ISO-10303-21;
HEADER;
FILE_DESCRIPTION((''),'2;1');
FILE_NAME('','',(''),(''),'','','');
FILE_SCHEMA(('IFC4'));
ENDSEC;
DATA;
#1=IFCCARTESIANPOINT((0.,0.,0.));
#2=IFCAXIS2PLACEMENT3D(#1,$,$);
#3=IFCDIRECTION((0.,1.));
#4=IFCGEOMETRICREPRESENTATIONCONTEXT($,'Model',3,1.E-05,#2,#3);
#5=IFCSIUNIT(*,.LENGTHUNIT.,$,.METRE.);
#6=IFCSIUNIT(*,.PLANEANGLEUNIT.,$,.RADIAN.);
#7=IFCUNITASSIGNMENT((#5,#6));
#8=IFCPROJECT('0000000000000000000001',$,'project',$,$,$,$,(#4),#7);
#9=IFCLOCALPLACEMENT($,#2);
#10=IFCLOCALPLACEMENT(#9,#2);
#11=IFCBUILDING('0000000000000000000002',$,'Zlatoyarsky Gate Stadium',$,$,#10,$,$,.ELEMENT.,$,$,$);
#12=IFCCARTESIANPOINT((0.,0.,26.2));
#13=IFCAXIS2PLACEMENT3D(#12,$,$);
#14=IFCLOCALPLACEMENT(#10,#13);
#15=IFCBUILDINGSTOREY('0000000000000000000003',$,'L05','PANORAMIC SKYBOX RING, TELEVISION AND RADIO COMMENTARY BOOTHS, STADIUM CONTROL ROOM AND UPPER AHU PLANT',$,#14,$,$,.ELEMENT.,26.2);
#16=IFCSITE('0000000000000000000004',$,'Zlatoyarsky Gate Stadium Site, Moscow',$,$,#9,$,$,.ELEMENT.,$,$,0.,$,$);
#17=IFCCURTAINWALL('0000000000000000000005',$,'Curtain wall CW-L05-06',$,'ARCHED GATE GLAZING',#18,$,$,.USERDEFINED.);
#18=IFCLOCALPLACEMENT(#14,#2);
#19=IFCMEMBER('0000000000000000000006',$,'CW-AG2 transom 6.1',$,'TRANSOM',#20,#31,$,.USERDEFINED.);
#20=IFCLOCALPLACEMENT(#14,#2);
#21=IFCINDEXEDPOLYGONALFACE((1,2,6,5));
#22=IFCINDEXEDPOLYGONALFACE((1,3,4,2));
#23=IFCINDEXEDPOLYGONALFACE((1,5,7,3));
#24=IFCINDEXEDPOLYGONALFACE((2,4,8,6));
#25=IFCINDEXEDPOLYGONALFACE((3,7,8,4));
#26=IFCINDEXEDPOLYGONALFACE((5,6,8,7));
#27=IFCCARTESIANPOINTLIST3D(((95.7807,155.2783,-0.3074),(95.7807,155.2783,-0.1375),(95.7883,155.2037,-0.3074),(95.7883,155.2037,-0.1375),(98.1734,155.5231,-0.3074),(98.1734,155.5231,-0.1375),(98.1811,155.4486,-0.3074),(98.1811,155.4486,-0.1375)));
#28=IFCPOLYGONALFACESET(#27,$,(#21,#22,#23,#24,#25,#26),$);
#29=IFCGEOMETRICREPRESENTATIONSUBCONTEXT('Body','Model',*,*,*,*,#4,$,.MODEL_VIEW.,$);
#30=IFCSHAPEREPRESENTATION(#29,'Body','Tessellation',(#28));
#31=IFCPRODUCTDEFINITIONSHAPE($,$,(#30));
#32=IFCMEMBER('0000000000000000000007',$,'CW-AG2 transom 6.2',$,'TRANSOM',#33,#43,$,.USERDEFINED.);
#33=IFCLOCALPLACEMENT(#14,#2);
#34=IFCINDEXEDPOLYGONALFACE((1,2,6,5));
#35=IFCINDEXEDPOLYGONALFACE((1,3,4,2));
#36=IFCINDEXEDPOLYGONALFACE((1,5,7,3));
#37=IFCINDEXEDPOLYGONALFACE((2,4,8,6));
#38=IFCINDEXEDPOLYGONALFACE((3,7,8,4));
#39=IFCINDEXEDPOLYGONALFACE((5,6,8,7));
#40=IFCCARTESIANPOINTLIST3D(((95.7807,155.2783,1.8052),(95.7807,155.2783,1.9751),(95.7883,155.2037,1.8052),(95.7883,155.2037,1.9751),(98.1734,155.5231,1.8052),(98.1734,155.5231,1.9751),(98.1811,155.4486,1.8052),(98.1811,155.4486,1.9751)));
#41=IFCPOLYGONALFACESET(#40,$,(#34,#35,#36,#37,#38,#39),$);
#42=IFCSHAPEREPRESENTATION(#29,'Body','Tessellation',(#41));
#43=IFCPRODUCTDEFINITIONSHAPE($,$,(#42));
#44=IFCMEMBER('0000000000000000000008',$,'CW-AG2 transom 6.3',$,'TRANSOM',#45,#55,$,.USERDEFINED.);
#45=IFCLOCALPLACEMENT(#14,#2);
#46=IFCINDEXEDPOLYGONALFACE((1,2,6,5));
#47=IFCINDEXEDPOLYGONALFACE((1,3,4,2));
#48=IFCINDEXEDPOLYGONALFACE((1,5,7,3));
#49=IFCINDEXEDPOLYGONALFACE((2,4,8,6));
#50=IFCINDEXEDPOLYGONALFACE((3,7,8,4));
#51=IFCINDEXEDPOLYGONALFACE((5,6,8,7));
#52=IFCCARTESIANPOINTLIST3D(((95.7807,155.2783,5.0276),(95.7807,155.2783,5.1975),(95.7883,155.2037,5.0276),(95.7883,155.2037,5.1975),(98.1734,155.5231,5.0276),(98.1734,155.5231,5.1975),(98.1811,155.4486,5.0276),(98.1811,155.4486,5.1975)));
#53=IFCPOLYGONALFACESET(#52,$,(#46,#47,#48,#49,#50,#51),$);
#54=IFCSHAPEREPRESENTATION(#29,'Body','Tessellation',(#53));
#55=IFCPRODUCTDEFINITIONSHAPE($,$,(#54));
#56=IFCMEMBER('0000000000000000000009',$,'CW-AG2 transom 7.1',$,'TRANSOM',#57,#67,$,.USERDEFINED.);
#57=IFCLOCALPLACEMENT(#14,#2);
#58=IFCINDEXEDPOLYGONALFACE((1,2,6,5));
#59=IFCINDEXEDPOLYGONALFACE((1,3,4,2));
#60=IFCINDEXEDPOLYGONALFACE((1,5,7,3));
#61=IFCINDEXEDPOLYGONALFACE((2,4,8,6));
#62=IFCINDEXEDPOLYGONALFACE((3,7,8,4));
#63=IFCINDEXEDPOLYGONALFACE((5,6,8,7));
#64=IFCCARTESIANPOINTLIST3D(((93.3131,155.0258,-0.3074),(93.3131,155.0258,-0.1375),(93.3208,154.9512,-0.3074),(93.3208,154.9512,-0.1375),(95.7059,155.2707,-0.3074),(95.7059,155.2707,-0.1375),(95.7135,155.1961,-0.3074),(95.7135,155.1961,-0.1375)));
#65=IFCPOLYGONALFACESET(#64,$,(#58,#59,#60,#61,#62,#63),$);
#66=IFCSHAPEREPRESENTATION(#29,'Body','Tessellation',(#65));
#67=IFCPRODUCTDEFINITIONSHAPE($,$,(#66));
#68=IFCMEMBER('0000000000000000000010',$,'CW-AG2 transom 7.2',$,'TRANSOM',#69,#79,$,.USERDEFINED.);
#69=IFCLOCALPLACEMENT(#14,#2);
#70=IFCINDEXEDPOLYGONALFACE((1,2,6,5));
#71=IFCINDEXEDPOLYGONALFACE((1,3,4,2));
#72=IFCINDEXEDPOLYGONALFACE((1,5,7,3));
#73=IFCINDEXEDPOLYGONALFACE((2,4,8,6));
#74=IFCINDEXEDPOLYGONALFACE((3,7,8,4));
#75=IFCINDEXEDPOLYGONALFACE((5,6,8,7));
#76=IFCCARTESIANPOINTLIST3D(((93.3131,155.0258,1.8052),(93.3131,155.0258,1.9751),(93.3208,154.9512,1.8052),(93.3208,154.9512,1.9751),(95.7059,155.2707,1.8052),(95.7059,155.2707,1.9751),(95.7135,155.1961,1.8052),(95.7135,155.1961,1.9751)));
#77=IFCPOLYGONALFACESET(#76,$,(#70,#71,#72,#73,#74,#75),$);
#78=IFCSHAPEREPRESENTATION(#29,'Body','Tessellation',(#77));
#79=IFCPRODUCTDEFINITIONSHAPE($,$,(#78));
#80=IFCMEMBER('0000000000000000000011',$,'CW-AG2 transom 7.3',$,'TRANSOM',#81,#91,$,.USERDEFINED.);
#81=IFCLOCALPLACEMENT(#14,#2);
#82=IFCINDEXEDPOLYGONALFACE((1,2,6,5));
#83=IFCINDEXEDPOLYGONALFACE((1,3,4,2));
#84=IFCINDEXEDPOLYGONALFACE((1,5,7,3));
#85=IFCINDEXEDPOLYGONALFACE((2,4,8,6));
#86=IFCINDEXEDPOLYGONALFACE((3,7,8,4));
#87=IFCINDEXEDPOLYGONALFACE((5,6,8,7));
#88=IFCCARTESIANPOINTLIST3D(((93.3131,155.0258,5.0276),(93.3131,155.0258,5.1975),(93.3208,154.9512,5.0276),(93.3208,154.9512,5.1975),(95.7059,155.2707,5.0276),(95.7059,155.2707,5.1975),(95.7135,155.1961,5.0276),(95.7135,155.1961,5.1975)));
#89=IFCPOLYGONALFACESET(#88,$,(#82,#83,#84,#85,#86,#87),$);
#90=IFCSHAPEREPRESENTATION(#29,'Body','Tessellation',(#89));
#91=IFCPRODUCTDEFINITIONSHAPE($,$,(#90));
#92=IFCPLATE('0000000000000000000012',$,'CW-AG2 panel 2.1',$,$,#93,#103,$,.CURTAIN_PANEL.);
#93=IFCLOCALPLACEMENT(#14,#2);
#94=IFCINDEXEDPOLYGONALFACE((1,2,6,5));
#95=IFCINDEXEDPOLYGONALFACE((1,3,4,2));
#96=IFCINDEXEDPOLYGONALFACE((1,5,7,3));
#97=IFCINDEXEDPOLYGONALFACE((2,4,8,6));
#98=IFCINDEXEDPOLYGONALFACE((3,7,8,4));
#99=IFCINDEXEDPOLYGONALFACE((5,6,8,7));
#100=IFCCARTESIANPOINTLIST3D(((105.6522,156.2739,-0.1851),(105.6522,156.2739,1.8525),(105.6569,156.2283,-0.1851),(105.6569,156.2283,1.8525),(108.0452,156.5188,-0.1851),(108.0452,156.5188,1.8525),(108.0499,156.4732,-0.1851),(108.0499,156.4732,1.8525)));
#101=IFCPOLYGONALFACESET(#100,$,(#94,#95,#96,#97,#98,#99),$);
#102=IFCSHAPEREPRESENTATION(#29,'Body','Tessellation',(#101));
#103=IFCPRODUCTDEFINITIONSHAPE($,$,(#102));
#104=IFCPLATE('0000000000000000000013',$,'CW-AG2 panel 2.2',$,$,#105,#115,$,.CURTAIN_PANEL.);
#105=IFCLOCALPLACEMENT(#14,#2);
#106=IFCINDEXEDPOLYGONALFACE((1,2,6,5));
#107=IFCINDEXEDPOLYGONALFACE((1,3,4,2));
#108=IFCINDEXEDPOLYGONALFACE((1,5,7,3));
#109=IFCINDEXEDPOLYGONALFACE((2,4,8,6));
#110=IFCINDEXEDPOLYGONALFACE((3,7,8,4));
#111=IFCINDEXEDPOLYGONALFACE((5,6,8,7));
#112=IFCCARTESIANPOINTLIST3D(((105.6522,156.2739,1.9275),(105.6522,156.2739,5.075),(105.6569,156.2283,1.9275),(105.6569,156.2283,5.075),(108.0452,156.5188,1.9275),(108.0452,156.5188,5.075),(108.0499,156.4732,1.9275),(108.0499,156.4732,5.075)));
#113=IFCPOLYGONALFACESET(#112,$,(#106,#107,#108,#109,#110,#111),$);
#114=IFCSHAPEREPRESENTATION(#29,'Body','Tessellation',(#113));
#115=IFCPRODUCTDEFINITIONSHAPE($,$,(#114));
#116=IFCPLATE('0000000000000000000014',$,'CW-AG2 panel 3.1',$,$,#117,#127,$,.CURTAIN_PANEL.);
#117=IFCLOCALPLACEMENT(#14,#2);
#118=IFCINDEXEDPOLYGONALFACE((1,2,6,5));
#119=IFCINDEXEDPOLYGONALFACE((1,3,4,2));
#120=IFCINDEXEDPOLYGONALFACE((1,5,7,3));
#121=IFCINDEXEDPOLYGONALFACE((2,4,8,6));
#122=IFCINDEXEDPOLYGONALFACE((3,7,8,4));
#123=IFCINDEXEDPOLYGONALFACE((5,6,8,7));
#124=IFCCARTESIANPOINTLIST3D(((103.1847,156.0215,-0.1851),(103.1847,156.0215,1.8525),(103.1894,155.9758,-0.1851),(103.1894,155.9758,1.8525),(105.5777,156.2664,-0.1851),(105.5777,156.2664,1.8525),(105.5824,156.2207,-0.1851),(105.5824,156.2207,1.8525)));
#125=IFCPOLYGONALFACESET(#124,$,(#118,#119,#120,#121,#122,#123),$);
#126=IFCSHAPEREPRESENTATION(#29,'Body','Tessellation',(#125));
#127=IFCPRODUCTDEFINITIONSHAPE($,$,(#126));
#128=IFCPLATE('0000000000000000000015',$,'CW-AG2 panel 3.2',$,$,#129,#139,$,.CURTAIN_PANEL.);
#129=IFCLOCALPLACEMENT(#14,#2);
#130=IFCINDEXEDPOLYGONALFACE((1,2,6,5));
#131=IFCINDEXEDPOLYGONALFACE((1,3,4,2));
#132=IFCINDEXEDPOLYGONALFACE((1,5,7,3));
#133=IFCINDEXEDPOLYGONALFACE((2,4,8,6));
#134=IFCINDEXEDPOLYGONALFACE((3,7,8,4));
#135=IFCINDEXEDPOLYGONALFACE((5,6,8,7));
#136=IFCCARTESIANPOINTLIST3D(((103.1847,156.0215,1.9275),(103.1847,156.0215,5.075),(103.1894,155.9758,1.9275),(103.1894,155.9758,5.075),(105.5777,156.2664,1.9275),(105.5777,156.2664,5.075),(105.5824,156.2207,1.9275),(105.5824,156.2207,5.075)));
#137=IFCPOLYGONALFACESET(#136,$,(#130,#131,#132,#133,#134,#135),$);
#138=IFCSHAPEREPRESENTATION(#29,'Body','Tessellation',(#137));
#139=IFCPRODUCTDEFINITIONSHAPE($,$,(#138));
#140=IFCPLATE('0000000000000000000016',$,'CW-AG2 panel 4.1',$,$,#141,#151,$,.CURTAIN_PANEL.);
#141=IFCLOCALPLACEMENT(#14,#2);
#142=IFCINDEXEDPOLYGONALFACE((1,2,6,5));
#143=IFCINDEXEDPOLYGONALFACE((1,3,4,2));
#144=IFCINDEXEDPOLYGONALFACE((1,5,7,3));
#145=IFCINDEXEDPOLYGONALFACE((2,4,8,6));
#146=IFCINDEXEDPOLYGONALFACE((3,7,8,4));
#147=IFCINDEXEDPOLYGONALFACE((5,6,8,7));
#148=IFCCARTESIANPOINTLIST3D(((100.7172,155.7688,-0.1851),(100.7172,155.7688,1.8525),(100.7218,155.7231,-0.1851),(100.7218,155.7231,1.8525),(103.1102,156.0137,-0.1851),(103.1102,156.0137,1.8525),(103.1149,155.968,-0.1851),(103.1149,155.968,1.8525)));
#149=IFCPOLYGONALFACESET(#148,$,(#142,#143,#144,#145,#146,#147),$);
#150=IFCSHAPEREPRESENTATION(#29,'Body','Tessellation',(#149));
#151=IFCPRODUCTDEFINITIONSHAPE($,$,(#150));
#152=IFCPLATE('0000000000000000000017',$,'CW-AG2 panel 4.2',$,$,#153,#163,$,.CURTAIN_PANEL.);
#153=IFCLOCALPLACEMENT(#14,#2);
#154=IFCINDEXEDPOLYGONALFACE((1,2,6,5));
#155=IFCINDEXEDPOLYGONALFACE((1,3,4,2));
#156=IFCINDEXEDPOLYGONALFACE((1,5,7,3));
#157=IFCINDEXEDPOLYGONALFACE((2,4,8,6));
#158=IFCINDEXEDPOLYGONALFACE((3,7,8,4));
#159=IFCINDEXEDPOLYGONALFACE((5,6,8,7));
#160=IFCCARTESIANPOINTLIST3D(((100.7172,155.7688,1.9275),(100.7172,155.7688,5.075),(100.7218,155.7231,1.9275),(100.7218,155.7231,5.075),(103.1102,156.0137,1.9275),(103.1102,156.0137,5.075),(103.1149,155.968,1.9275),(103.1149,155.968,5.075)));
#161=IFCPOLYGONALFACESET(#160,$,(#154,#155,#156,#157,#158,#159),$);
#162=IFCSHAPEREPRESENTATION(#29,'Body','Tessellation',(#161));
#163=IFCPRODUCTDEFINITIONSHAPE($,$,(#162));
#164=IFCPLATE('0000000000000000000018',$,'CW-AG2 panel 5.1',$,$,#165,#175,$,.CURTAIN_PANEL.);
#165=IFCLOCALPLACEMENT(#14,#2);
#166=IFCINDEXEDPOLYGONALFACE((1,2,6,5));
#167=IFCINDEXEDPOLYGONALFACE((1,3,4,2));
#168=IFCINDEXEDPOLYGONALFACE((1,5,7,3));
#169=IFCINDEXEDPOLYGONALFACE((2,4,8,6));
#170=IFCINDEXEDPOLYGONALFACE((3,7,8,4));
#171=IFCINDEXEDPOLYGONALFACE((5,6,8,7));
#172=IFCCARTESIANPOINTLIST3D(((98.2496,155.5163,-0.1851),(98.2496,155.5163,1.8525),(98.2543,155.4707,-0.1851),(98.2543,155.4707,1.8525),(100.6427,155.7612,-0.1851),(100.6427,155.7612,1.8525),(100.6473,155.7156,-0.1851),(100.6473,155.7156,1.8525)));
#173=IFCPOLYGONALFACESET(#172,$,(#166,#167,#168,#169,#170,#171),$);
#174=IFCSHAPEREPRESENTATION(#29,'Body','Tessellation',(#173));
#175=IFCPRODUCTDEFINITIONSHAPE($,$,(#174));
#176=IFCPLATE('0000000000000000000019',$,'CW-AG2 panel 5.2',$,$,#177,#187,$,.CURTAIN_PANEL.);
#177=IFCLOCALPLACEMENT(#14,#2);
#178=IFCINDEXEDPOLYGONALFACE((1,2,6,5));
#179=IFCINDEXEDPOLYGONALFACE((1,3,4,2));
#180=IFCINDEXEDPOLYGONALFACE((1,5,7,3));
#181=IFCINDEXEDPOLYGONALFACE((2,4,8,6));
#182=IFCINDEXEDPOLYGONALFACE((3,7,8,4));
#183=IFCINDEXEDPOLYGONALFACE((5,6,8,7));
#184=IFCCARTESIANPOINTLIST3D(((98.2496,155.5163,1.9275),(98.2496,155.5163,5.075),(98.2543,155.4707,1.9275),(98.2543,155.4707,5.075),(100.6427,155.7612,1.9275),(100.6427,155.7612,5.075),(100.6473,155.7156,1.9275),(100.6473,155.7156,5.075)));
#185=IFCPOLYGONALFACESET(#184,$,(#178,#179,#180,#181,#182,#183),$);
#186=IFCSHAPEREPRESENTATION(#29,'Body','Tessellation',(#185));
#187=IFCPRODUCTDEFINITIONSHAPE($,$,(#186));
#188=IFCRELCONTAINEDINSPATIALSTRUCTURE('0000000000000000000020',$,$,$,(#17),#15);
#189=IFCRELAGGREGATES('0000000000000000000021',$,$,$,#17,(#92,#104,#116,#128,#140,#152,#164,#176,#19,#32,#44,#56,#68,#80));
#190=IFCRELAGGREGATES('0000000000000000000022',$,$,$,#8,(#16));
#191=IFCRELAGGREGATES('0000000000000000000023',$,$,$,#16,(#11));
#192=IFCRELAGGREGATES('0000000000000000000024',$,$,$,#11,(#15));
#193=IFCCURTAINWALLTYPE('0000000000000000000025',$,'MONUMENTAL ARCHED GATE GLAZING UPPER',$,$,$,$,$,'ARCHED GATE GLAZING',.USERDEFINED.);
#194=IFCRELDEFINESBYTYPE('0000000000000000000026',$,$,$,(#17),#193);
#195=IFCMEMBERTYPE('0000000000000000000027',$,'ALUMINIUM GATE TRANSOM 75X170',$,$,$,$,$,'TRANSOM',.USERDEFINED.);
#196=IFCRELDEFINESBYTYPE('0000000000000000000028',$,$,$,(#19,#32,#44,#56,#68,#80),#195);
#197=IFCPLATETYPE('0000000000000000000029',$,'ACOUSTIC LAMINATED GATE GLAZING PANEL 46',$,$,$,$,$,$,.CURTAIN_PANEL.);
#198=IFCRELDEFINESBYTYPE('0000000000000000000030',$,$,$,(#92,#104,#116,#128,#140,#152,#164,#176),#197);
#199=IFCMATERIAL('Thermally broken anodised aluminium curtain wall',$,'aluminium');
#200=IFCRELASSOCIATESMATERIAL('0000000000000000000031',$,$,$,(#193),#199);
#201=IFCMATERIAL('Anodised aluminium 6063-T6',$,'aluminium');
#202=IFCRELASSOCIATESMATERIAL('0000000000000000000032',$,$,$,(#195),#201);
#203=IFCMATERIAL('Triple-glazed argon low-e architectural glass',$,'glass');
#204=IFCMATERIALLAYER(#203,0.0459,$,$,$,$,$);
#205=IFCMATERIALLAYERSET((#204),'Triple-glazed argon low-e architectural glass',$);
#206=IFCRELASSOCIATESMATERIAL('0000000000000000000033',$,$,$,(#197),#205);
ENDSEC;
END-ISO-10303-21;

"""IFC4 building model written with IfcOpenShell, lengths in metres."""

from ifc_helpers import new_model, si_unit, direction, frame, origin, origin_2d, place, context, subcontext, project, spatial, rectangle, extrude, material, layer, layer_set, material_profile, profile_set, type_object, element, aggregate, save


model = new_model("IFC4")

# Units and contexts
model_context = context("Model", 3, precision=1e-05, world=origin(), true_north=direction((0.0, 1.0)))
body_context = subcontext(model_context, "Body", "Model", "MODEL_VIEW")
ifc_project = project(units=[si_unit("LENGTHUNIT", "METRE"), si_unit("PLANEANGLEUNIT", "RADIAN")], contexts=[model_context])

# Site, building, storey
site_placement = place(None, origin())
site = spatial("IfcSite", under=ifc_project, at=site_placement, Name="Zlatoyarsky Gate Stadium Site, Moscow", CompositionType="ELEMENT", RefElevation=0.0)
building_placement = place(site_placement, origin())
building = spatial("IfcBuilding", under=site, at=building_placement, Name="Zlatoyarsky Gate Stadium", CompositionType="ELEMENT")
storey_placement = place(building_placement, frame((0.0, 0.0, 26.2)))
storey = spatial("IfcBuildingStorey", under=building, at=storey_placement, Name="L05", Description="PANORAMIC SKYBOX RING, TELEVISION AND RADIO COMMENTARY BOOTHS, STADIUM CONTROL ROOM AND UPPER AHU PLANT", CompositionType="ELEMENT", Elevation=26.2)

# Curtain wall, members, plates
ifc_material_1 = material(Name="Thermally broken anodised aluminium curtain wall", Category="aluminium")
curtain_wall_type = type_object("IfcCurtainWallType", Name="MONUMENTAL ARCHED GATE GLAZING UPPER", ElementType="ARCHED GATE GLAZING", PredefinedType="USERDEFINED", material=ifc_material_1)
curtain_wall_placement = place(storey_placement, origin())
curtain_wall = element("IfcCurtainWall", 1, at=curtain_wall_placement, inside=storey, type_object=curtain_wall_type, Name="Curtain wall CW-L05-06", ObjectType="ARCHED GATE GLAZING", PredefinedType="USERDEFINED")
ifc_material_2 = material(Name="Anodised aluminium 6063-T6", Category="aluminium")
ifc_material_profile_1 = material_profile(ifc_material_2, rectangle(XDim=0.075, YDim=0.1699, at=origin_2d()), Name="ALU 75X170")
ifc_profile_set_1 = profile_set([ifc_material_profile_1], Name="Anodised aluminium 6063-T6")
member_type_1 = type_object("IfcMemberType", Name="ALUMINIUM GATE TRANSOM 75X170", ElementType="TRANSOM", PredefinedType="USERDEFINED", material=ifc_profile_set_1)
member_1_placement = place(storey_placement, frame((98.1772, 155.4858, -0.2224), z_axis=(-0.994804, -0.101805, 0.0), x_axis=(0.101805, -0.994804, 0.0)))
member_1 = element("IfcMember", 2, at=member_1_placement, type_object=member_type_1, Name="CW-AG2 transom 6.1", ObjectType="TRANSOM", PredefinedType="USERDEFINED", context=body_context, shape_type="SweptSolid", body=[
    extrude(rectangle(XDim=0.075, YDim=0.1699, at=origin_2d()), origin(), (0.0, 0.0, 1.0), 2.4053),
])
member_2_placement = place(storey_placement, frame((98.1772, 155.4858, 1.8901), z_axis=(-0.994804, -0.101805, 0.0), x_axis=(0.101805, -0.994804, 0.0)))
member_2 = element("IfcMember", 3, at=member_2_placement, type_object=member_type_1, Name="CW-AG2 transom 6.2", ObjectType="TRANSOM", PredefinedType="USERDEFINED", context=body_context, shape_type="SweptSolid", body=[
    extrude(rectangle(XDim=0.075, YDim=0.1699, at=origin_2d()), origin(), (0.0, 0.0, 1.0), 2.4053),
])
member_3_placement = place(storey_placement, frame((98.1772, 155.4858, 5.1125), z_axis=(-0.994804, -0.101805, 0.0), x_axis=(0.101805, -0.994804, 0.0)))
member_3 = element("IfcMember", 4, at=member_3_placement, type_object=member_type_1, Name="CW-AG2 transom 6.3", ObjectType="TRANSOM", PredefinedType="USERDEFINED", context=body_context, shape_type="SweptSolid", body=[
    extrude(rectangle(XDim=0.075, YDim=0.1699, at=origin_2d()), origin(), (0.0, 0.0, 1.0), 2.4053),
])
member_4_placement = place(storey_placement, frame((95.7097, 155.2334, -0.2224), z_axis=(-0.994804, -0.101805, 0.0), x_axis=(0.101805, -0.994804, 0.0)))
member_4 = element("IfcMember", 5, at=member_4_placement, type_object=member_type_1, Name="CW-AG2 transom 7.1", ObjectType="TRANSOM", PredefinedType="USERDEFINED", context=body_context, shape_type="SweptSolid", body=[
    extrude(rectangle(XDim=0.075, YDim=0.1699, at=origin_2d()), origin(), (0.0, 0.0, 1.0), 2.4053),
])
member_5_placement = place(storey_placement, frame((95.7097, 155.2334, 1.8901), z_axis=(-0.994804, -0.101805, 0.0), x_axis=(0.101805, -0.994804, 0.0)))
member_5 = element("IfcMember", 6, at=member_5_placement, type_object=member_type_1, Name="CW-AG2 transom 7.2", ObjectType="TRANSOM", PredefinedType="USERDEFINED", context=body_context, shape_type="SweptSolid", body=[
    extrude(rectangle(XDim=0.075, YDim=0.1699, at=origin_2d()), origin(), (0.0, 0.0, 1.0), 2.4053),
])
member_6_placement = place(storey_placement, frame((95.7097, 155.2334, 5.1125), z_axis=(-0.994804, -0.101805, 0.0), x_axis=(0.101805, -0.994804, 0.0)))
member_6 = element("IfcMember", 7, at=member_6_placement, type_object=member_type_1, Name="CW-AG2 transom 7.3", ObjectType="TRANSOM", PredefinedType="USERDEFINED", context=body_context, shape_type="SweptSolid", body=[
    extrude(rectangle(XDim=0.075, YDim=0.1699, at=origin_2d()), origin(), (0.0, 0.0, 1.0), 2.4053),
])
ifc_material_3 = material(Name="Triple-glazed argon low-e architectural glass", Category="glass")
ifc_layer = layer(ifc_material_3, 0.0459)
ifc_layer_set = layer_set([ifc_layer], Name="Triple-glazed argon low-e architectural glass")
plate_type = type_object("IfcPlateType", Name="ACOUSTIC LAMINATED GATE GLAZING PANEL 46", PredefinedType="CURTAIN_PANEL", material=ifc_layer_set)
plate_1_placement = place(storey_placement, frame((106.8511, 156.3735, -0.1851), z_axis=(0.0, 0.0, 1.0), x_axis=(-0.994804, -0.101805, 0.0)))
plate_1 = element("IfcPlate", 8, at=plate_1_placement, type_object=plate_type, Name="CW-AG2 panel 2.1", PredefinedType="CURTAIN_PANEL", context=body_context, shape_type="SweptSolid", body=[
    extrude(rectangle(XDim=2.4055, YDim=0.0459, at=origin_2d()), origin(), (0.0, 0.0, 1.0), 2.0376),
])
plate_2_placement = place(storey_placement, frame((106.8511, 156.3735, 1.9275), z_axis=(0.0, 0.0, 1.0), x_axis=(-0.994804, -0.101805, 0.0)))
plate_2 = element("IfcPlate", 9, at=plate_2_placement, type_object=plate_type, Name="CW-AG2 panel 2.2", PredefinedType="CURTAIN_PANEL", context=body_context, shape_type="SweptSolid", body=[
    extrude(rectangle(XDim=2.4055, YDim=0.0459, at=origin_2d()), origin(), (0.0, 0.0, 1.0), 3.1475),
])
plate_3_placement = place(storey_placement, frame((104.3835, 156.1211, -0.1851), z_axis=(0.0, 0.0, 1.0), x_axis=(-0.994804, -0.101805, 0.0)))
plate_3 = element("IfcPlate", 10, at=plate_3_placement, type_object=plate_type, Name="CW-AG2 panel 3.1", PredefinedType="CURTAIN_PANEL", context=body_context, shape_type="SweptSolid", body=[
    extrude(rectangle(XDim=2.4055, YDim=0.0459, at=origin_2d()), origin(), (0.0, 0.0, 1.0), 2.0376),
])
plate_4_placement = place(storey_placement, frame((104.3835, 156.1211, 1.9275), z_axis=(0.0, 0.0, 1.0), x_axis=(-0.994804, -0.101805, 0.0)))
plate_4 = element("IfcPlate", 11, at=plate_4_placement, type_object=plate_type, Name="CW-AG2 panel 3.2", PredefinedType="CURTAIN_PANEL", context=body_context, shape_type="SweptSolid", body=[
    extrude(rectangle(XDim=2.4055, YDim=0.0459, at=origin_2d()), origin(), (0.0, 0.0, 1.0), 3.1475),
])
plate_5_placement = place(storey_placement, frame((101.916, 155.8684, -0.1851), z_axis=(0.0, 0.0, 1.0), x_axis=(-0.994804, -0.101805, 0.0)))
plate_5 = element("IfcPlate", 12, at=plate_5_placement, type_object=plate_type, Name="CW-AG2 panel 4.1", PredefinedType="CURTAIN_PANEL", context=body_context, shape_type="SweptSolid", body=[
    extrude(rectangle(XDim=2.4055, YDim=0.0459, at=origin_2d()), origin(), (0.0, 0.0, 1.0), 2.0376),
])
plate_6_placement = place(storey_placement, frame((101.916, 155.8684, 1.9275), z_axis=(0.0, 0.0, 1.0), x_axis=(-0.994804, -0.101805, 0.0)))
plate_6 = element("IfcPlate", 13, at=plate_6_placement, type_object=plate_type, Name="CW-AG2 panel 4.2", PredefinedType="CURTAIN_PANEL", context=body_context, shape_type="SweptSolid", body=[
    extrude(rectangle(XDim=2.4055, YDim=0.0459, at=origin_2d()), origin(), (0.0, 0.0, 1.0), 3.1475),
])
plate_7_placement = place(storey_placement, frame((99.4485, 155.616, -0.1851), z_axis=(0.0, 0.0, 1.0), x_axis=(-0.994804, -0.101805, 0.0)))
plate_7 = element("IfcPlate", 14, at=plate_7_placement, type_object=plate_type, Name="CW-AG2 panel 5.1", PredefinedType="CURTAIN_PANEL", context=body_context, shape_type="SweptSolid", body=[
    extrude(rectangle(XDim=2.4055, YDim=0.0459, at=origin_2d()), origin(), (0.0, 0.0, 1.0), 2.0376),
])
plate_8_placement = place(storey_placement, frame((99.4485, 155.616, 1.9275), z_axis=(0.0, 0.0, 1.0), x_axis=(-0.994804, -0.101805, 0.0)))
plate_8 = element("IfcPlate", 15, at=plate_8_placement, type_object=plate_type, Name="CW-AG2 panel 5.2", PredefinedType="CURTAIN_PANEL", context=body_context, shape_type="SweptSolid", body=[
    extrude(rectangle(XDim=2.4055, YDim=0.0459, at=origin_2d()), origin(), (0.0, 0.0, 1.0), 3.1475),
])
aggregate(curtain_wall, [plate_1, plate_2, plate_3, plate_4, plate_5, plate_6, plate_7, plate_8, member_1, member_2, member_3, member_4, member_5, member_6])

save(model, "model.ifc")
